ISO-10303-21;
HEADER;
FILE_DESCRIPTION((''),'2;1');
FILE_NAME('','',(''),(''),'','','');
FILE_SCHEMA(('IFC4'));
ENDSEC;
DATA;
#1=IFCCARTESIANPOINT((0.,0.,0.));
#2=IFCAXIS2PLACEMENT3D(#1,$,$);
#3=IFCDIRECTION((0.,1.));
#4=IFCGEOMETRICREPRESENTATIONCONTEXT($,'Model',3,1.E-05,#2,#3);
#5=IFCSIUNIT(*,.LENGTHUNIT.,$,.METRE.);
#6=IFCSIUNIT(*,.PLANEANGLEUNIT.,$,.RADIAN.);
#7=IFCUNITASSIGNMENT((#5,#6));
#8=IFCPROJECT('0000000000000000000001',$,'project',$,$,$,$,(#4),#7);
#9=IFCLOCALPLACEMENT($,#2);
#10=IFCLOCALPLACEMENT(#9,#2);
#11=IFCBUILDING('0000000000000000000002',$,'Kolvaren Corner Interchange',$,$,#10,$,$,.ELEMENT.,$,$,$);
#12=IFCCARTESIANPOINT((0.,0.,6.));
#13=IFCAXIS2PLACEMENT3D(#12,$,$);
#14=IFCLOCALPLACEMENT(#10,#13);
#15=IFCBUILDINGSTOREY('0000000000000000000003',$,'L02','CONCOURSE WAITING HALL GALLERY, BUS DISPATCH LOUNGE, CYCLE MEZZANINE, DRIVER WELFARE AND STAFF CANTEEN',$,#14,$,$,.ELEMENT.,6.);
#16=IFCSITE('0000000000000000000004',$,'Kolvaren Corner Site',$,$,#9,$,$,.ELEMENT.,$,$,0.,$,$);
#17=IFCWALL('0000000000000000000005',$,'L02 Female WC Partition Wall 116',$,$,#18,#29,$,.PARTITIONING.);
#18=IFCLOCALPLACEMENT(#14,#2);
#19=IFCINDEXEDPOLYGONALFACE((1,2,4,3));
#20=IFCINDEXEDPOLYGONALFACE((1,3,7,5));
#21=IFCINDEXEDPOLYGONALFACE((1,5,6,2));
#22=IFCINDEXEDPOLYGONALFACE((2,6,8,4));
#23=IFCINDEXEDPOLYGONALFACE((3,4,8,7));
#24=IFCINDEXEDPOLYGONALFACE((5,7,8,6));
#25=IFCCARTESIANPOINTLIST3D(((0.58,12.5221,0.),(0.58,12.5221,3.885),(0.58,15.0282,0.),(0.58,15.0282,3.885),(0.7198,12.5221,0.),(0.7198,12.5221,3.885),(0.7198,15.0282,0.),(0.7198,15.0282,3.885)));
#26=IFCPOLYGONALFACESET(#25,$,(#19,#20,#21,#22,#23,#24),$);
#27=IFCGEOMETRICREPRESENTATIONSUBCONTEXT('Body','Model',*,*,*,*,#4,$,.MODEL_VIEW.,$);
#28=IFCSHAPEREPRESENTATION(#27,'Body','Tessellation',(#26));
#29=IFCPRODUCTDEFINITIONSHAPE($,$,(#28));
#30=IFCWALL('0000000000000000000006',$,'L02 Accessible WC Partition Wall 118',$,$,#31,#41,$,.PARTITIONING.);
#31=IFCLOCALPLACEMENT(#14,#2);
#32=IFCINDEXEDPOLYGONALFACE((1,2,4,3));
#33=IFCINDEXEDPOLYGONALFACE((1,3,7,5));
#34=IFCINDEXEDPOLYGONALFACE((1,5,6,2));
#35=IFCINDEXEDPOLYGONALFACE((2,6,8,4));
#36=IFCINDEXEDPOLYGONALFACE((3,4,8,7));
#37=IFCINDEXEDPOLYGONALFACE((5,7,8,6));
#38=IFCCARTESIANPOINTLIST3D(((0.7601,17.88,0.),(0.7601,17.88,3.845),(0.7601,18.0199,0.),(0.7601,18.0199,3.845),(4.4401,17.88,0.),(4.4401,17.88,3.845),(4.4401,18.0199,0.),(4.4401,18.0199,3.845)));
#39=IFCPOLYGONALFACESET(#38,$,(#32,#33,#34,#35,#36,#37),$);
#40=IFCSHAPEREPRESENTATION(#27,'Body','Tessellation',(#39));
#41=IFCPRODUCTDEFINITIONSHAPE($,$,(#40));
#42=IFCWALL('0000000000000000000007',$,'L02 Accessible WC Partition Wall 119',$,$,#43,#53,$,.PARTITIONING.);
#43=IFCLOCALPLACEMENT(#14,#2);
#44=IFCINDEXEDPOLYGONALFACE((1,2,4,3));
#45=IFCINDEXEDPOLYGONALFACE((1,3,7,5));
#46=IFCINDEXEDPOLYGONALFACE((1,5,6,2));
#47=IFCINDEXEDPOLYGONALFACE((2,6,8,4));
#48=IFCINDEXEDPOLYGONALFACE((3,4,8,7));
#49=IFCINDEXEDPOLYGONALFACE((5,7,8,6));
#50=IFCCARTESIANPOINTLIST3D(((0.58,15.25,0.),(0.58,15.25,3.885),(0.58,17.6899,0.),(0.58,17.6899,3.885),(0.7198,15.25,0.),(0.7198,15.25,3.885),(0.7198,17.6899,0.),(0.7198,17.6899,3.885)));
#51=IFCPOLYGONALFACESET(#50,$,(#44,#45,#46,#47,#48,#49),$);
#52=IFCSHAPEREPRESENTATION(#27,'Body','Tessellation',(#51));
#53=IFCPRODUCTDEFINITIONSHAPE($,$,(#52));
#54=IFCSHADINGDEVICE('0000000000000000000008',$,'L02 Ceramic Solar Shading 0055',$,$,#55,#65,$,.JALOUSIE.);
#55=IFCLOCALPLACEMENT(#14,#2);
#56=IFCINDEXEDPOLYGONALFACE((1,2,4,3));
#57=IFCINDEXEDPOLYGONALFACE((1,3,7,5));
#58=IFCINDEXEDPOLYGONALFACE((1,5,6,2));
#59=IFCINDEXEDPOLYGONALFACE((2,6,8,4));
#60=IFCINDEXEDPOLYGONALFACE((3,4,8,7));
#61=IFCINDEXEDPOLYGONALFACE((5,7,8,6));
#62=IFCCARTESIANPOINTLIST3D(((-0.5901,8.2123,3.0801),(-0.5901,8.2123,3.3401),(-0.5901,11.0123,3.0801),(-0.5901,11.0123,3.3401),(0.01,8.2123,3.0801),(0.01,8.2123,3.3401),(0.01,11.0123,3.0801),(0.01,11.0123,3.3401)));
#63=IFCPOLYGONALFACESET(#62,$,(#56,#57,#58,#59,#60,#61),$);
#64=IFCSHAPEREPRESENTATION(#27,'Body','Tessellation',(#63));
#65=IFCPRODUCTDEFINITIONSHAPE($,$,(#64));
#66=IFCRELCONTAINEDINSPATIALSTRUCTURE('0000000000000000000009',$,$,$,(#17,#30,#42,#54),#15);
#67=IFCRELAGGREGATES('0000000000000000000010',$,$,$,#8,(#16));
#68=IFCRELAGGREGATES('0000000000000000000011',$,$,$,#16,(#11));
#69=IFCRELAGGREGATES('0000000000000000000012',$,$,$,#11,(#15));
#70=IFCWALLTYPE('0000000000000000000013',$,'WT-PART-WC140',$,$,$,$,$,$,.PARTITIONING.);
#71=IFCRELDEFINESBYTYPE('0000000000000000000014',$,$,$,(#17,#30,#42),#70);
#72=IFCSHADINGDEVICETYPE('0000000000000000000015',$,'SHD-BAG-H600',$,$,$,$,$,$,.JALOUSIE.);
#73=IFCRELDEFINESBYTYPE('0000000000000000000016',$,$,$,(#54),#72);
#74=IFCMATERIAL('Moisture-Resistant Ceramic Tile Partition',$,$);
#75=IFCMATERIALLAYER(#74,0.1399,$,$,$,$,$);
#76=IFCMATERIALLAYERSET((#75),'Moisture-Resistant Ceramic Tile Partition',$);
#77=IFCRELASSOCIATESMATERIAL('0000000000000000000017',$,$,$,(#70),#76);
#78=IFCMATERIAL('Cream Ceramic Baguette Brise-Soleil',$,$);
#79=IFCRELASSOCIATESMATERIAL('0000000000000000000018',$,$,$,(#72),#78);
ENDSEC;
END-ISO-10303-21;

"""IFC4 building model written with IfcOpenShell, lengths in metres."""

from ifc_helpers import new_model, si_unit, direction, frame, frame_2d, origin, origin_2d, place, context, subcontext, project, spatial, rectangle, extrude, material, layer, layer_set, type_object, element, save


model = new_model("IFC4")

# Units and contexts
model_context = context("Model", 3, precision=1e-05, world=origin(), true_north=direction((0.0, 1.0)))
body_context = subcontext(model_context, "Body", "Model", "MODEL_VIEW")
ifc_project = project(units=[si_unit("LENGTHUNIT", "METRE"), si_unit("PLANEANGLEUNIT", "RADIAN")], contexts=[model_context])

# Site, building, storey
site_placement = place(None, origin())
site = spatial("IfcSite", under=ifc_project, at=site_placement, Name="Kolvaren Corner Site", CompositionType="ELEMENT", RefElevation=0.0)
building_placement = place(site_placement, origin())
building = spatial("IfcBuilding", under=site, at=building_placement, Name="Kolvaren Corner Interchange", CompositionType="ELEMENT")
storey_placement = place(building_placement, frame((0.0, 0.0, 6.0)))
storey = spatial("IfcBuildingStorey", under=building, at=storey_placement, Name="L02", Description="CONCOURSE WAITING HALL GALLERY, BUS DISPATCH LOUNGE, CYCLE MEZZANINE, DRIVER WELFARE AND STAFF CANTEEN", CompositionType="ELEMENT", Elevation=6.0)

# Walls
ifc_material_1 = material(Name="Moisture-Resistant Ceramic Tile Partition")
ifc_layer_1 = layer(ifc_material_1, 0.1399)
ifc_layer_set_1 = layer_set([ifc_layer_1], Name="Moisture-Resistant Ceramic Tile Partition")
wall_type = type_object("IfcWallType", Name="WT-PART-WC140", PredefinedType="PARTITIONING", material=ifc_layer_set_1)
wall_1_placement = place(storey_placement, frame((0.6499, 15.0281, 0.0), z_axis=(0.0, 0.0, 1.0), x_axis=(0.0, -1.0, 0.0)))
element("IfcWall", 1, at=wall_1_placement, inside=storey, type_object=wall_type, Name="L02 Female WC Partition Wall 116", PredefinedType="PARTITIONING", context=body_context, shape_type="SweptSolid", body=[
    extrude(rectangle(XDim=2.5061, YDim=0.1399, at=frame_2d((1.2529, 0.0))), origin(), (0.0, 0.0, 1.0), 3.885),
])
wall_2_placement = place(storey_placement, frame((4.4399, 17.95, 0.0), z_axis=(0.0, 0.0, 1.0), x_axis=(-1.0, 0.0, 0.0)))
element("IfcWall", 2, at=wall_2_placement, inside=storey, type_object=wall_type, Name="L02 Accessible WC Partition Wall 118", PredefinedType="PARTITIONING", context=body_context, shape_type="SweptSolid", body=[
    extrude(rectangle(XDim=3.6799, YDim=0.1399, at=frame_2d((1.8398, 0.0))), origin(), (0.0, 0.0, 1.0), 3.845),
])
wall_3_placement = place(storey_placement, frame((0.6499, 17.6899, 0.0), z_axis=(0.0, 0.0, 1.0), x_axis=(0.0, -1.0, 0.0)))
element("IfcWall", 3, at=wall_3_placement, inside=storey, type_object=wall_type, Name="L02 Accessible WC Partition Wall 119", PredefinedType="PARTITIONING", context=body_context, shape_type="SweptSolid", body=[
    extrude(rectangle(XDim=2.4399, YDim=0.1399, at=frame_2d((1.22, 0.0))), origin(), (0.0, 0.0, 1.0), 3.885),
])

# Shading device
ifc_material_2 = material(Name="Cream Ceramic Baguette Brise-Soleil")
shading_device_type = type_object("IfcShadingDeviceType", Name="SHD-BAG-H600", PredefinedType="JALOUSIE", material=ifc_material_2)
shading_device_placement = place(storey_placement, frame((-0.29, 9.6123, 3.0801), z_axis=(0.0, 0.0, 1.0), x_axis=(0.0, -1.0, 0.0)))
element("IfcShadingDevice", 4, at=shading_device_placement, inside=storey, type_object=shading_device_type, Name="L02 Ceramic Solar Shading 0055", PredefinedType="JALOUSIE", context=body_context, shape_type="SweptSolid", body=[
    extrude(rectangle(XDim=2.8, YDim=0.6001, at=origin_2d()), origin(), (0.0, 0.0, 1.0), 0.26),
])

save(model, "model.ifc")
